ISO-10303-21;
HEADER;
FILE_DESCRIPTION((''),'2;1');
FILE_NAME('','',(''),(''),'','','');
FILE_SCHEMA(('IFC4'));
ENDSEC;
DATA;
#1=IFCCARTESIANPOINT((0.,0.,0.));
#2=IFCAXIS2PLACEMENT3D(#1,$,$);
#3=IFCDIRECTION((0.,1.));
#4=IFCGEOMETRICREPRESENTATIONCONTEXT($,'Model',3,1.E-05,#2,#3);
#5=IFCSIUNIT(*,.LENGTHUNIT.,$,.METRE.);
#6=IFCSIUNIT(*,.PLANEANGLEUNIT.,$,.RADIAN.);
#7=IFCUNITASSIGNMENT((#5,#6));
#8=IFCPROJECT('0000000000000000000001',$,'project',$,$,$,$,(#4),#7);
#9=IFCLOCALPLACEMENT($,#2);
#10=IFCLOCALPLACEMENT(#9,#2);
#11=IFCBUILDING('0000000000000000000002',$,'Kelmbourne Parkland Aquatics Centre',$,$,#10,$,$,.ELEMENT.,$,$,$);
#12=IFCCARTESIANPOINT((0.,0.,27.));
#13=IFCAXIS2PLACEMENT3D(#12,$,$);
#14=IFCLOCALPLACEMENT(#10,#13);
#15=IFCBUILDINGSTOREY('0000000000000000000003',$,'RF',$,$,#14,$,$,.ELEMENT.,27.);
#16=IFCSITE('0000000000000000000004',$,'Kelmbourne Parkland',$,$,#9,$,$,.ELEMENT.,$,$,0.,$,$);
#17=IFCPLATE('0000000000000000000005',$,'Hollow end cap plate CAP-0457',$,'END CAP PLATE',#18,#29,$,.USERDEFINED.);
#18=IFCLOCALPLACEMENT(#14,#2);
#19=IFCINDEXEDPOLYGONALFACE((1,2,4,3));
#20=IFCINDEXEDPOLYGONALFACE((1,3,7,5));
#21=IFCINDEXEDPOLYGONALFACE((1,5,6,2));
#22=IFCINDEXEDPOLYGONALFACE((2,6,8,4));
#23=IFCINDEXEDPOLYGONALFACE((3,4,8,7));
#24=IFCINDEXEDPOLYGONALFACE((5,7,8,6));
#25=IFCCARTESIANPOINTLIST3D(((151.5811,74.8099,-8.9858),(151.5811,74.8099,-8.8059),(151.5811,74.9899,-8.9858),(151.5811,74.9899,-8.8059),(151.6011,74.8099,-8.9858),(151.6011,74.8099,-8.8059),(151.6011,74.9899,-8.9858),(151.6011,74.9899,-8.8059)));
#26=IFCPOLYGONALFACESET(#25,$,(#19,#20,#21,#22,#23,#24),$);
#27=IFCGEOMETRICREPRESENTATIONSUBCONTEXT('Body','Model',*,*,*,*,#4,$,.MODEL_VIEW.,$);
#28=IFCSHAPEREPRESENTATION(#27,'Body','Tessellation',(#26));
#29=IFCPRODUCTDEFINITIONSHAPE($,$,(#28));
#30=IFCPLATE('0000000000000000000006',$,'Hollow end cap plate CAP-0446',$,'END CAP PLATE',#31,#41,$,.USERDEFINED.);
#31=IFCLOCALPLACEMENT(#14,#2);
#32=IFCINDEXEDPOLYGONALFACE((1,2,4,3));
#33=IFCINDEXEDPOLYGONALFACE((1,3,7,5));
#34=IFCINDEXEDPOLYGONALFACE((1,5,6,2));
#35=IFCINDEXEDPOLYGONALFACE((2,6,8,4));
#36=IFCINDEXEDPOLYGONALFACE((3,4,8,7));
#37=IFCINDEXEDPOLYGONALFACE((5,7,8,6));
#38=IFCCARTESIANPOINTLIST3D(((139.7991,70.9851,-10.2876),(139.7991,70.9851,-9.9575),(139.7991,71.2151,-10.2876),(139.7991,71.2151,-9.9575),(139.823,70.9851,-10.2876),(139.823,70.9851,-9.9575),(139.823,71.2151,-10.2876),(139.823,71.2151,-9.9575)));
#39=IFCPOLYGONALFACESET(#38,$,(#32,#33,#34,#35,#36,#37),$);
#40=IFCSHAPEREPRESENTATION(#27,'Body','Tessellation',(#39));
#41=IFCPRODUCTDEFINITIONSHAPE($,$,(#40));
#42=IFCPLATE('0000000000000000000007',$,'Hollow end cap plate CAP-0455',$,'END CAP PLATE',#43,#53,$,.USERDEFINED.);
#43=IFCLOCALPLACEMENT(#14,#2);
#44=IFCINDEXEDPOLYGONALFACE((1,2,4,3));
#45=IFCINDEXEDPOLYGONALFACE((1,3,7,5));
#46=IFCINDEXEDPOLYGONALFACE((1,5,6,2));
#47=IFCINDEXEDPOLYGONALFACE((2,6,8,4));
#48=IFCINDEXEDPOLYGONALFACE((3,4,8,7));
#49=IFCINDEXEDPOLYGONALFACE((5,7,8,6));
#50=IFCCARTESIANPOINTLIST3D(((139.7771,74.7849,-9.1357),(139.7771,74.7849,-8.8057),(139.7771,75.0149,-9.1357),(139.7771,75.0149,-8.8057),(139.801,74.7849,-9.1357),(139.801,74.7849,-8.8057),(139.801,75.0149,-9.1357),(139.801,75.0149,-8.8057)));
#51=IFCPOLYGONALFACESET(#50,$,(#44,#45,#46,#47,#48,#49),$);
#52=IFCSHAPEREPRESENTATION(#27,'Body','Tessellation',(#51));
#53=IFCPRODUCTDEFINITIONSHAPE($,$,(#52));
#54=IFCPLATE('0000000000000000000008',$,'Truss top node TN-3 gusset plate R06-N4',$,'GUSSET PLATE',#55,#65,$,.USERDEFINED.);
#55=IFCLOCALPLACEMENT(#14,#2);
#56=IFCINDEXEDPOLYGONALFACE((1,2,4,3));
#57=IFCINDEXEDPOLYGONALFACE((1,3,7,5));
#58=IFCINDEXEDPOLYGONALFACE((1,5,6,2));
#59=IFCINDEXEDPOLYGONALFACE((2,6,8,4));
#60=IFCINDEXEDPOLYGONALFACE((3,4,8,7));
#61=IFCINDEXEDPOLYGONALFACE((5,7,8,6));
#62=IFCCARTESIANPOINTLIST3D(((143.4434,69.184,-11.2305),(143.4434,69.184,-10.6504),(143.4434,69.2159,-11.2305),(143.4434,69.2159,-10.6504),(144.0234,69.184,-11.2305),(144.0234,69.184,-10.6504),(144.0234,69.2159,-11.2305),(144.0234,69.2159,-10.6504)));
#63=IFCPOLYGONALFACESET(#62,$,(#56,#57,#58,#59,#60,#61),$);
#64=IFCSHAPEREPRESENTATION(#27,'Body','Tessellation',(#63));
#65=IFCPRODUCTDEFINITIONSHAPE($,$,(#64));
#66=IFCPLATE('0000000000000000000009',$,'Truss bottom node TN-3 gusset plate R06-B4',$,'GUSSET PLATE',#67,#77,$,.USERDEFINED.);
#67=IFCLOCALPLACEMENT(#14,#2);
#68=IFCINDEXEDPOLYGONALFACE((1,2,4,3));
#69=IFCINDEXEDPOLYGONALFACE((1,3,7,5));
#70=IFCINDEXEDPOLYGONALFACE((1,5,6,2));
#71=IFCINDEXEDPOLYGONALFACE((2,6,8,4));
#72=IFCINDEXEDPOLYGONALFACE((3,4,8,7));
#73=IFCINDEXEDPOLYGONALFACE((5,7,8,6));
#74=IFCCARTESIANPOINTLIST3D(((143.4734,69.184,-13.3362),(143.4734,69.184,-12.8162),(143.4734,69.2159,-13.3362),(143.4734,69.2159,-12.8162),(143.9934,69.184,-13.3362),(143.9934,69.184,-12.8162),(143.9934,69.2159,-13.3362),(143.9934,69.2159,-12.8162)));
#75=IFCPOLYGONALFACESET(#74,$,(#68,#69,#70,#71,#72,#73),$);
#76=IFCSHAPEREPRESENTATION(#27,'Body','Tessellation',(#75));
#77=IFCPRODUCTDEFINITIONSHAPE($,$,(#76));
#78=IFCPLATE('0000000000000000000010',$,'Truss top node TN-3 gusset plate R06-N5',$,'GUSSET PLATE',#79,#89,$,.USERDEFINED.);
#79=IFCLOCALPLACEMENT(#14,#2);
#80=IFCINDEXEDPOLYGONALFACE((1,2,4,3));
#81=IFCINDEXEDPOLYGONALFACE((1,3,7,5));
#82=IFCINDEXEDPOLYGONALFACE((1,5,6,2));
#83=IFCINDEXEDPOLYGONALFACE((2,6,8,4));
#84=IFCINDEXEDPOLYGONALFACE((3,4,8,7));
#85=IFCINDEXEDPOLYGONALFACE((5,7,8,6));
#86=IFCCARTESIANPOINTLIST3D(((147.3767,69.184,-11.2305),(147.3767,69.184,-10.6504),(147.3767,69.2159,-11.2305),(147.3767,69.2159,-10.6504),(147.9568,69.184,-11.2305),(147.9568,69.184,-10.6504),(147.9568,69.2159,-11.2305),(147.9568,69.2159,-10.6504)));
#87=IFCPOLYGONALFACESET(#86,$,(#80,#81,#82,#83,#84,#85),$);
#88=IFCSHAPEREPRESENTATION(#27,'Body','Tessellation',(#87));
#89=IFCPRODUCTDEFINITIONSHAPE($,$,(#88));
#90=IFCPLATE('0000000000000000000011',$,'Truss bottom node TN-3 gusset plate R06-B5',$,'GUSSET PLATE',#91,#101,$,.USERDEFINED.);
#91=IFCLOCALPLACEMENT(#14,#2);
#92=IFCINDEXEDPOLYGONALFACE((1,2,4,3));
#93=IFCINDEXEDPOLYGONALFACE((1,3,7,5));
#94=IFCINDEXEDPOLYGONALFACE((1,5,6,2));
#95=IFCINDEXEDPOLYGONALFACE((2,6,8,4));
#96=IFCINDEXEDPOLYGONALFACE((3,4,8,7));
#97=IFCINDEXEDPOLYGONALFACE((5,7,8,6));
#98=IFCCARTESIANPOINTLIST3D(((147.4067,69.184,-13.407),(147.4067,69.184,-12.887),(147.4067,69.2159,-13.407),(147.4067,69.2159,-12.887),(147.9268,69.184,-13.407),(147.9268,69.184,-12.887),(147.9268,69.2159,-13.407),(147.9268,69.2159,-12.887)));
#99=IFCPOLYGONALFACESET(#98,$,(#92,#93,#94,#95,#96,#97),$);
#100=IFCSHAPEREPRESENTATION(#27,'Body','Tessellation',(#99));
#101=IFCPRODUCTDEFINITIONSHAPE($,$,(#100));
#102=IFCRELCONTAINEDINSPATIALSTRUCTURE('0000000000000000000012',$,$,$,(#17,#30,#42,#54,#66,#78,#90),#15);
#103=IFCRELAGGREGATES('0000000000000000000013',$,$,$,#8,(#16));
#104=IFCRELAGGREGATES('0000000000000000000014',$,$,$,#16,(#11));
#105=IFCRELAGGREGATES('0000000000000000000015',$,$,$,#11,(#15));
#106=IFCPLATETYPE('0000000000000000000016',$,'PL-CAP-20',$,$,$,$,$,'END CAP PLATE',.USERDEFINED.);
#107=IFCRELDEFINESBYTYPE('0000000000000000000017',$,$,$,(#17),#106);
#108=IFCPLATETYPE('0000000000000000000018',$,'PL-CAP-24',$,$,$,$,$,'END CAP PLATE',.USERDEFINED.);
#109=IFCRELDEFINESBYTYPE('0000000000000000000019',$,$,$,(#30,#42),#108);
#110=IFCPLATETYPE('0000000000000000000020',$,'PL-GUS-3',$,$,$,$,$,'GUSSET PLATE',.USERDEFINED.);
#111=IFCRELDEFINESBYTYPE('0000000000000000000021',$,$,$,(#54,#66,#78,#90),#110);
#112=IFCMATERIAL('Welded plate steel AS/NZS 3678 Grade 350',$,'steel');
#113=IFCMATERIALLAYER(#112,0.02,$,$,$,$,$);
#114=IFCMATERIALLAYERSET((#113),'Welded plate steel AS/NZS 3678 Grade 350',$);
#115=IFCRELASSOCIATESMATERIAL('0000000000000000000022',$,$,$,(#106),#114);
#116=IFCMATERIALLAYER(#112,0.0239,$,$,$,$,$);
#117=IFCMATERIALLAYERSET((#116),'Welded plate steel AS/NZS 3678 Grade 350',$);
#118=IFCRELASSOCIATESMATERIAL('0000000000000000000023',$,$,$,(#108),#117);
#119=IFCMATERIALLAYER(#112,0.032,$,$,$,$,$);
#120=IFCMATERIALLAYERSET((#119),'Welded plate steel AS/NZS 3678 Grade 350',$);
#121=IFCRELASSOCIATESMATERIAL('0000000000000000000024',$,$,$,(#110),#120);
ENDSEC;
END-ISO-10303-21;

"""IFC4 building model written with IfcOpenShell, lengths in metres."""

from ifc_helpers import new_model, si_unit, direction, frame, origin, origin_2d, place, context, subcontext, project, spatial, rectangle, extrude, material, layer, layer_set, type_object, element, save


model = new_model("IFC4")

# Units and contexts
model_context = context("Model", 3, precision=1e-05, world=origin(), true_north=direction((0.0, 1.0)))
body_context = subcontext(model_context, "Body", "Model", "MODEL_VIEW")
ifc_project = project(units=[si_unit("LENGTHUNIT", "METRE"), si_unit("PLANEANGLEUNIT", "RADIAN")], contexts=[model_context])

# Site, building, storey
site_placement = place(None, origin())
site = spatial("IfcSite", under=ifc_project, at=site_placement, Name="Kelmbourne Parkland", CompositionType="ELEMENT", RefElevation=0.0)
building_placement = place(site_placement, origin())
building = spatial("IfcBuilding", under=site, at=building_placement, Name="Kelmbourne Parkland Aquatics Centre", CompositionType="ELEMENT")
storey_placement = place(building_placement, frame((0.0, 0.0, 27.0)))
storey = spatial("IfcBuildingStorey", under=building, at=storey_placement, Name="RF", CompositionType="ELEMENT", Elevation=27.0)

# Shared definitions
ifc_material_1 = material(Name="Welded plate steel AS/NZS 3678 Grade 350", Category="steel")

# Plates
ifc_layer_1 = layer(ifc_material_1, 0.02)
ifc_layer_set_1 = layer_set([ifc_layer_1], Name="Welded plate steel AS/NZS 3678 Grade 350")
plate_type_1 = type_object("IfcPlateType", Name="PL-CAP-20", ElementType="END CAP PLATE", PredefinedType="USERDEFINED", material=ifc_layer_set_1)
plate_1_placement = place(storey_placement, frame((151.5911, 74.8999, -8.9858), z_axis=(0.0, 0.0, 1.0), x_axis=(-1.0, 0.0, 0.0)))
element("IfcPlate", 1, at=plate_1_placement, inside=storey, type_object=plate_type_1, Name="Hollow end cap plate CAP-0457", ObjectType="END CAP PLATE", PredefinedType="USERDEFINED", context=body_context, shape_type="SweptSolid", body=[
    extrude(rectangle(XDim=0.02, YDim=0.1799, at=origin_2d()), origin(), (0.0, 0.0, 1.0), 0.1799),
])
ifc_layer_2 = layer(ifc_material_1, 0.0239)
ifc_layer_set_2 = layer_set([ifc_layer_2], Name="Welded plate steel AS/NZS 3678 Grade 350")
plate_type_2 = type_object("IfcPlateType", Name="PL-CAP-24", ElementType="END CAP PLATE", PredefinedType="USERDEFINED", material=ifc_layer_set_2)
for number, where, z_axis, x_axis, name in (
    (2, (139.811, 71.1001, -10.2876), (0.0, 0.0, 1.0), (1.0, 0.0, 0.0), "Hollow end cap plate CAP-0446"),
    (3, (139.7891, 74.8999, -9.1357), (0.0, 0.0, 1.0), (-1.0, 0.0, 0.0), "Hollow end cap plate CAP-0455"),
):
    element("IfcPlate", number, at=place(storey_placement, frame(where, z_axis=z_axis, x_axis=x_axis)), inside=storey, type_object=plate_type_2, Name=name, ObjectType="END CAP PLATE", PredefinedType="USERDEFINED", context=body_context, shape_type="SweptSolid", body=[
        extrude(rectangle(XDim=0.0239, YDim=0.23, at=origin_2d()), origin(), (0.0, 0.0, 1.0), 0.3301),
    ])
ifc_layer_3 = layer(ifc_material_1, 0.032)
ifc_layer_set_3 = layer_set([ifc_layer_3], Name="Welded plate steel AS/NZS 3678 Grade 350")
plate_type_3 = type_object("IfcPlateType", Name="PL-GUS-3", ElementType="GUSSET PLATE", PredefinedType="USERDEFINED", material=ifc_layer_set_3)
plate_2_placement = place(storey_placement, frame((143.7334, 69.2, -11.2305), z_axis=(0.0, 0.0, 1.0), x_axis=(1.0, 0.0, 0.0)))
element("IfcPlate", 4, at=plate_2_placement, inside=storey, type_object=plate_type_3, Name="Truss top node TN-3 gusset plate R06-N4", ObjectType="GUSSET PLATE", PredefinedType="USERDEFINED", context=body_context, shape_type="SweptSolid", body=[
    extrude(rectangle(XDim=0.5801, YDim=0.032, at=origin_2d()), origin(), (0.0, 0.0, 1.0), 0.5801),
])
plate_3_placement = place(storey_placement, frame((143.7334, 69.2, -13.3362), z_axis=(0.0, 0.0, 1.0), x_axis=(1.0, 0.0, 0.0)))
element("IfcPlate", 5, at=plate_3_placement, inside=storey, type_object=plate_type_3, Name="Truss bottom node TN-3 gusset plate R06-B4", ObjectType="GUSSET PLATE", PredefinedType="USERDEFINED", context=body_context, shape_type="SweptSolid", body=[
    extrude(rectangle(XDim=0.52, YDim=0.032, at=origin_2d()), origin(), (0.0, 0.0, 1.0), 0.52),
])
plate_4_placement = place(storey_placement, frame((147.6667, 69.2, -11.2305), z_axis=(0.0, 0.0, 1.0), x_axis=(1.0, 0.0, 0.0)))
element("IfcPlate", 6, at=plate_4_placement, inside=storey, type_object=plate_type_3, Name="Truss top node TN-3 gusset plate R06-N5", ObjectType="GUSSET PLATE", PredefinedType="USERDEFINED", context=body_context, shape_type="SweptSolid", body=[
    extrude(rectangle(XDim=0.5801, YDim=0.032, at=origin_2d()), origin(), (0.0, 0.0, 1.0), 0.5801),
])
plate_5_placement = place(storey_placement, frame((147.6667, 69.2, -13.407), z_axis=(0.0, 0.0, 1.0), x_axis=(1.0, 0.0, 0.0)))
element("IfcPlate", 7, at=plate_5_placement, inside=storey, type_object=plate_type_3, Name="Truss bottom node TN-3 gusset plate R06-B5", ObjectType="GUSSET PLATE", PredefinedType="USERDEFINED", context=body_context, shape_type="SweptSolid", body=[
    extrude(rectangle(XDim=0.52, YDim=0.032, at=origin_2d()), origin(), (0.0, 0.0, 1.0), 0.52),
])

save(model, "model.ifc")
